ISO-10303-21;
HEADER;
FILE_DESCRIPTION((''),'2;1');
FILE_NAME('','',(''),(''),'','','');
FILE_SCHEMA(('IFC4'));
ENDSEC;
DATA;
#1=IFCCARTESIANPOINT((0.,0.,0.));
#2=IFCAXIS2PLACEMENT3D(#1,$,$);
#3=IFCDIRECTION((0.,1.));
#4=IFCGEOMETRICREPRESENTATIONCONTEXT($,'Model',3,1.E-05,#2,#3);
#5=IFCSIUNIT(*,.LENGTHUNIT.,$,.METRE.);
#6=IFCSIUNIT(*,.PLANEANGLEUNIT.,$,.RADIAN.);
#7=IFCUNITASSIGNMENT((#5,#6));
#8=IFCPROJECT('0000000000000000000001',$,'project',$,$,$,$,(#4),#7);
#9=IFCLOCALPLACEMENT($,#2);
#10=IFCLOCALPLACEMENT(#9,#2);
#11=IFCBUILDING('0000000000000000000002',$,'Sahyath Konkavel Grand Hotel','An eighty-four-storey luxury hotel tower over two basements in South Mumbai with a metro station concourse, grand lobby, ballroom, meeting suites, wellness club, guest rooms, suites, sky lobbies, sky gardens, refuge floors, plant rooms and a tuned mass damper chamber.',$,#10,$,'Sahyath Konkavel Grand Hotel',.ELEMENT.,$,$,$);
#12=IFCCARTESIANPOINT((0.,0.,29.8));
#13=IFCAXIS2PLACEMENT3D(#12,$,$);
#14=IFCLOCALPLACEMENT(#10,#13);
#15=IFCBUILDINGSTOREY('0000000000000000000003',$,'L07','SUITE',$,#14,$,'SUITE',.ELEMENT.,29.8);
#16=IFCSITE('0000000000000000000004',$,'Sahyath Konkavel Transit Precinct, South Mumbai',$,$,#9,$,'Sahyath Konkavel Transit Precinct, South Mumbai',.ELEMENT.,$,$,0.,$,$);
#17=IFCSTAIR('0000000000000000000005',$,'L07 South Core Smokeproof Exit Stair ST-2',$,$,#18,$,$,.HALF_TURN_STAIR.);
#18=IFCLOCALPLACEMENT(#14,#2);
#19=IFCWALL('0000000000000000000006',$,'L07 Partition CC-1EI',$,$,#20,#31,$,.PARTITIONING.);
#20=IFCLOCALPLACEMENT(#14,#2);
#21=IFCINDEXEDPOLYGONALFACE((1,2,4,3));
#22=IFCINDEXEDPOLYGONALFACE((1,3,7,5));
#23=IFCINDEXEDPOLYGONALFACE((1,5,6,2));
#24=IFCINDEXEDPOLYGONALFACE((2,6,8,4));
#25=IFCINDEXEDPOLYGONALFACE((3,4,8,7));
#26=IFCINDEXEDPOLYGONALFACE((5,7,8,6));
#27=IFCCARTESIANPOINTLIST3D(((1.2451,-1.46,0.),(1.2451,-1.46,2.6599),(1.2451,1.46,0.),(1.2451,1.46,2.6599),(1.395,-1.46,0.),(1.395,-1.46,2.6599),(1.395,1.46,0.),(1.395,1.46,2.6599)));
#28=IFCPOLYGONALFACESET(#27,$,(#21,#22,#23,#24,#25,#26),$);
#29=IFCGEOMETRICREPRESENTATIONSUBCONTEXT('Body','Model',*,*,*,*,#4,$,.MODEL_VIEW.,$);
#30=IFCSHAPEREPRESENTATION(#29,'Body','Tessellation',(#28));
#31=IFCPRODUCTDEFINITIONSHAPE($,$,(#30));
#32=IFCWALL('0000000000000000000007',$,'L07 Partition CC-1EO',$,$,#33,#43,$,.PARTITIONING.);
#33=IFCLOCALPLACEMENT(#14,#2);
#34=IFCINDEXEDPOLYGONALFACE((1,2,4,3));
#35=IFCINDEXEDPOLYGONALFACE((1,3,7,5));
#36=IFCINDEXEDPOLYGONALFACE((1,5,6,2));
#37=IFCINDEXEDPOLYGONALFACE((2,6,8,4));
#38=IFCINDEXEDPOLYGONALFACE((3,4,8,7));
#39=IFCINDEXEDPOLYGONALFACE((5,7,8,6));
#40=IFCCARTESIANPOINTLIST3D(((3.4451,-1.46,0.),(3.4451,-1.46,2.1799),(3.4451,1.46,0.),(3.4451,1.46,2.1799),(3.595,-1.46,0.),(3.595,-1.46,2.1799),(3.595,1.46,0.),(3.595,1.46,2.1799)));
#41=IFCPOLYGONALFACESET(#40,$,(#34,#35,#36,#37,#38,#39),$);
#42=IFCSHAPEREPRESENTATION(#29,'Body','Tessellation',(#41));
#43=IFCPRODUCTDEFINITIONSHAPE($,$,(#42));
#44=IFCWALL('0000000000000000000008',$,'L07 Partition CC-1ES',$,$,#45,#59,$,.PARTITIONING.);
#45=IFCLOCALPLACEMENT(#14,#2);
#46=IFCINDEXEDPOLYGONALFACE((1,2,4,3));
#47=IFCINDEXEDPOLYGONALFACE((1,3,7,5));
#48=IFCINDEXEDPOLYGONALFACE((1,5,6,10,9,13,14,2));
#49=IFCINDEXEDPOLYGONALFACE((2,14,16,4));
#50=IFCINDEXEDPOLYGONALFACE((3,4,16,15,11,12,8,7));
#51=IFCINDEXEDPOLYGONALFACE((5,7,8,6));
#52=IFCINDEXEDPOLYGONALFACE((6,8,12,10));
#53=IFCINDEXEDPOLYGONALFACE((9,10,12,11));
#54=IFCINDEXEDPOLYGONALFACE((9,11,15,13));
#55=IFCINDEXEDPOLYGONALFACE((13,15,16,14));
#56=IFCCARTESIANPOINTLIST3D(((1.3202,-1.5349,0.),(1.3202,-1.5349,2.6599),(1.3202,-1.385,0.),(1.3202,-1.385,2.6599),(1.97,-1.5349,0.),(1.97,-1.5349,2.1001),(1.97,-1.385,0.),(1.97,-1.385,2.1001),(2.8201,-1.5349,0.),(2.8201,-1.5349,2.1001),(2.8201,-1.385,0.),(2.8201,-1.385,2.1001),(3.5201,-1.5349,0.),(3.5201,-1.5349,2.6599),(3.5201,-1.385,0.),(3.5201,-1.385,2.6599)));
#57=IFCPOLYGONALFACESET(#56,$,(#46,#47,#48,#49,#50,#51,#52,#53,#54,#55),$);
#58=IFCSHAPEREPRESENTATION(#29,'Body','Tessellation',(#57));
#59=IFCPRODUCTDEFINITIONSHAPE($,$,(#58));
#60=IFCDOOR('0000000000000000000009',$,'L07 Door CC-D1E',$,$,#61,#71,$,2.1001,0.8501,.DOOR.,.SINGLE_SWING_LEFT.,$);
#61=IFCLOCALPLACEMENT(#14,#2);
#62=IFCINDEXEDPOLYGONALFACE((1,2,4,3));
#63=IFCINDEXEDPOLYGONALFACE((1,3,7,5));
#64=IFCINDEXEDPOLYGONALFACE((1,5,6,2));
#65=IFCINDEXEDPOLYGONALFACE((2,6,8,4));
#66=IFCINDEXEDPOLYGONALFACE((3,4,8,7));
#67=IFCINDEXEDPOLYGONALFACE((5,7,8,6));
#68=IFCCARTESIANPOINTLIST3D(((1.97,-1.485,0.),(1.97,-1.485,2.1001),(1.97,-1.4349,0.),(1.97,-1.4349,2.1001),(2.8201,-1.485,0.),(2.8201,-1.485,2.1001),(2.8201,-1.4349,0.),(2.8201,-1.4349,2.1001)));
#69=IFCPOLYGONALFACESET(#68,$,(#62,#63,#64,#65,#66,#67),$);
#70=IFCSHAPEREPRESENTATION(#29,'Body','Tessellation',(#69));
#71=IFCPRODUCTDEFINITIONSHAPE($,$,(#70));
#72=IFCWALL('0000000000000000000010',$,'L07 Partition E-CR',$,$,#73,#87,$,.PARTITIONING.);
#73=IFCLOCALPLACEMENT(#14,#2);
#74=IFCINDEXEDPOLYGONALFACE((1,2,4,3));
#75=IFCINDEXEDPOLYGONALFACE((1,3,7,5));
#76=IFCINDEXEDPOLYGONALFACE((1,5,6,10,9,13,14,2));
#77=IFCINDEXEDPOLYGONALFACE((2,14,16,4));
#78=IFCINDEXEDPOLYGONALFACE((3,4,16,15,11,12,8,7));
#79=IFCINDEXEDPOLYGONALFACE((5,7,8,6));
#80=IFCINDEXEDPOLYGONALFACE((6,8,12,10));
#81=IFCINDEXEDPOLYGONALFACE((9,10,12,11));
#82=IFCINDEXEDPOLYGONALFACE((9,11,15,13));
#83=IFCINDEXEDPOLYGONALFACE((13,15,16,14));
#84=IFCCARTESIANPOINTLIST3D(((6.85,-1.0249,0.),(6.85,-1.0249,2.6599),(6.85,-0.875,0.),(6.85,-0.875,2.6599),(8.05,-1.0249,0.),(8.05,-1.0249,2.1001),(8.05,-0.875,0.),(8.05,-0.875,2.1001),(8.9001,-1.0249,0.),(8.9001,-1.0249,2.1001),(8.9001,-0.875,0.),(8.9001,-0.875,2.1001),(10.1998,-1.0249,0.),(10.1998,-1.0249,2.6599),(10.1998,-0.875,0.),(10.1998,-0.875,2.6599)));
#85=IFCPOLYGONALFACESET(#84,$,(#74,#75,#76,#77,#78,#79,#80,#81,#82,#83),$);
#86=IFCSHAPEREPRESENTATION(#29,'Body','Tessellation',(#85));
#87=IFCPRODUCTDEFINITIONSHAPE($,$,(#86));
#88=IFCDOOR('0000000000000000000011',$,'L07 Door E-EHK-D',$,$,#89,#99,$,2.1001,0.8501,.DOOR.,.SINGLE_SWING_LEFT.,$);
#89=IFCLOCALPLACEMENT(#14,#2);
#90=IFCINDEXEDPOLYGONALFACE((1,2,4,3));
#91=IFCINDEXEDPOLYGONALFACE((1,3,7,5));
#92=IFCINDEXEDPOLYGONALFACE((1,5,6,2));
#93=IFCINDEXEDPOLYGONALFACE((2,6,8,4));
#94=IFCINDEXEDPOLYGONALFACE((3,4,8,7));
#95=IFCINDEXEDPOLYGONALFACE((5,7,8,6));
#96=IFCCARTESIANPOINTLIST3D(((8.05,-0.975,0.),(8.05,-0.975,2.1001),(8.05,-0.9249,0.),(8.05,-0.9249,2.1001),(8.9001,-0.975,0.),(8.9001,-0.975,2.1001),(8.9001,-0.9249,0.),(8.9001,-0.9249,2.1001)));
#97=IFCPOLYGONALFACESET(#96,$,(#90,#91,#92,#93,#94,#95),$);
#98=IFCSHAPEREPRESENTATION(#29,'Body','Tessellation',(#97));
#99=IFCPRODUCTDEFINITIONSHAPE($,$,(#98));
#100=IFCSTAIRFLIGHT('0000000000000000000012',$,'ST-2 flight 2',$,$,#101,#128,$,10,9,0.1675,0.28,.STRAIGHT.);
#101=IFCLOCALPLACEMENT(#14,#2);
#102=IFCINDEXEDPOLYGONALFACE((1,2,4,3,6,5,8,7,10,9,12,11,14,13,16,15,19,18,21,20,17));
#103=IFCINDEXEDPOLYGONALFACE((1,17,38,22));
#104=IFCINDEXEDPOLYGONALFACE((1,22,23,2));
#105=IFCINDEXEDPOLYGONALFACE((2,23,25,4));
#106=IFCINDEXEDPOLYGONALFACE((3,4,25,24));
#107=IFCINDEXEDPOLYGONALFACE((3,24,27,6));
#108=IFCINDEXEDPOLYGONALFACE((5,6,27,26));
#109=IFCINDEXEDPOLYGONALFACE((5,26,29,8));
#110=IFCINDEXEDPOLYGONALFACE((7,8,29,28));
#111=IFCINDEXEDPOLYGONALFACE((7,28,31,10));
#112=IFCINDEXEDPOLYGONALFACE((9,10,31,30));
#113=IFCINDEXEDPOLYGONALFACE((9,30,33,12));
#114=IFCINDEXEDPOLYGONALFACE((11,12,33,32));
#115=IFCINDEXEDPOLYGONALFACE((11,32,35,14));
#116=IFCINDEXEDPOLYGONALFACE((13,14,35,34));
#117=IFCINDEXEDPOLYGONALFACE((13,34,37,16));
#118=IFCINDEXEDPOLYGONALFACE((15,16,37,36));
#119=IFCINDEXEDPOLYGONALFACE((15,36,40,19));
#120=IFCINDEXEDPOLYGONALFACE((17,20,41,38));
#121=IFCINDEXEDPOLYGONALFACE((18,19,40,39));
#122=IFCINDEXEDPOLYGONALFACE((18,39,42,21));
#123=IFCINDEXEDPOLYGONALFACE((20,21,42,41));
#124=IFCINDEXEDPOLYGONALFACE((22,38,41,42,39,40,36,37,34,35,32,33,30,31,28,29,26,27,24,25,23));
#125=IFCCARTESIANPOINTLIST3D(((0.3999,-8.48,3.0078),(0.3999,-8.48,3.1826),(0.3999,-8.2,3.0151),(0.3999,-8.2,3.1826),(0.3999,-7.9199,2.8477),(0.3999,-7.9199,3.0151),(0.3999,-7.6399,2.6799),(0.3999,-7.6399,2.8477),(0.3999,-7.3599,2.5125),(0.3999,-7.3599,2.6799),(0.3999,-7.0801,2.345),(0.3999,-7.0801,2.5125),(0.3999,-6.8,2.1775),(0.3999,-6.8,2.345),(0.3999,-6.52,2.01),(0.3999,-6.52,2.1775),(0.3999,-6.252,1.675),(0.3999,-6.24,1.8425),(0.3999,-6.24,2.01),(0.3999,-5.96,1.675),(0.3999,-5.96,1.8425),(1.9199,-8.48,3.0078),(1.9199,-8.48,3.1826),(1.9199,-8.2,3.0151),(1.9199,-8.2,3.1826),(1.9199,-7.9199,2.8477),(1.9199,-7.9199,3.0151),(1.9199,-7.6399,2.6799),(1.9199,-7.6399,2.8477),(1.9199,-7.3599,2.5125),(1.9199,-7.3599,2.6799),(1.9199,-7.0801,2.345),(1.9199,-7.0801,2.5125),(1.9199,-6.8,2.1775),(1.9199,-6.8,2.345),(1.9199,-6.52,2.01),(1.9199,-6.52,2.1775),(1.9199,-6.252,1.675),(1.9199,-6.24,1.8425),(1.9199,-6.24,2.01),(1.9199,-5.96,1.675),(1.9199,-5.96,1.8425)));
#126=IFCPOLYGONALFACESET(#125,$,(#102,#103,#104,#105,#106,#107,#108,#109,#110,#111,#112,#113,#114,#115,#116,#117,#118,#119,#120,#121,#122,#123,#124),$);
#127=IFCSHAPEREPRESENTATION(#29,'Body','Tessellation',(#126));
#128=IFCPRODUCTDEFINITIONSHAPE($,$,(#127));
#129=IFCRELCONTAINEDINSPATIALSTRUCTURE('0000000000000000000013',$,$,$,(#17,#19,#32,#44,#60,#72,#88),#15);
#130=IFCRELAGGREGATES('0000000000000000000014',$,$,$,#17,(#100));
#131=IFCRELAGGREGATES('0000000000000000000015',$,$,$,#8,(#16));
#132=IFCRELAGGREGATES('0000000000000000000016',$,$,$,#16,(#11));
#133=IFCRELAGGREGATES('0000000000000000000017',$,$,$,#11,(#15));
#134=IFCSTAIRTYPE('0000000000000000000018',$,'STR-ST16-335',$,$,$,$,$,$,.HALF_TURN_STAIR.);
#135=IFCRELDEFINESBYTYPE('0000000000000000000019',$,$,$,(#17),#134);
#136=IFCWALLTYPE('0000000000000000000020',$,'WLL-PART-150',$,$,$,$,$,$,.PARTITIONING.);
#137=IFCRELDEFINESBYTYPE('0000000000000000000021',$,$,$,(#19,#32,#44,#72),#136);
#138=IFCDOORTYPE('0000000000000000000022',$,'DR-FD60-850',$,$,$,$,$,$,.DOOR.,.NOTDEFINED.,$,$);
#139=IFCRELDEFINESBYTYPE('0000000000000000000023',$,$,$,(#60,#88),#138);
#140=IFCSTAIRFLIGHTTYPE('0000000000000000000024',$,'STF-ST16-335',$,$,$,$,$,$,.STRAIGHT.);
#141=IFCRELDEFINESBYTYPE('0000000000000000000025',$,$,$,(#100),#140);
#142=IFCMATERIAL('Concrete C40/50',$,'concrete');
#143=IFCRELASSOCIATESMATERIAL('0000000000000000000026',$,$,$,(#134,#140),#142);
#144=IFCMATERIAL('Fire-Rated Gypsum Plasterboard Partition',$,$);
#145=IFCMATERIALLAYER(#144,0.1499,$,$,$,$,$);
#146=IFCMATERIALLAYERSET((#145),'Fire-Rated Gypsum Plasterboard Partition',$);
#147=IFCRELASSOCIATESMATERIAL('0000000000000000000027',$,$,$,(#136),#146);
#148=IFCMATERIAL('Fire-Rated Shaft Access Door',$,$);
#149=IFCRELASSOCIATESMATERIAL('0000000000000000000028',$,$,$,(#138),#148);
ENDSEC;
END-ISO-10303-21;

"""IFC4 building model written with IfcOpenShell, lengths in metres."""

from ifc_helpers import new_model, si_unit, direction, frame, frame_2d, origin, origin_2d, place, context, subcontext, project, spatial, polyline, rectangle, outline, extrude, source, transform, mapped, material, layer, layer_set, type_object, element, fill, aggregate, save


model = new_model("IFC4")

# Units and contexts
model_context = context("Model", 3, precision=1e-05, world=origin(), true_north=direction((0.0, 1.0)))
body_context = subcontext(model_context, "Body", "Model", "MODEL_VIEW")
ifc_project = project(units=[si_unit("LENGTHUNIT", "METRE"), si_unit("PLANEANGLEUNIT", "RADIAN")], contexts=[model_context])

# Site, building, storey
site_placement = place(None, origin())
site = spatial("IfcSite", under=ifc_project, at=site_placement, Name="Sahyath Konkavel Transit Precinct, South Mumbai", LongName="Sahyath Konkavel Transit Precinct, South Mumbai", CompositionType="ELEMENT", RefElevation=0.0)
building_placement = place(site_placement, origin())
building = spatial("IfcBuilding", under=site, at=building_placement, Name="Sahyath Konkavel Grand Hotel", Description="An eighty-four-storey luxury hotel tower over two basements in South Mumbai with a metro station concourse, grand lobby, ballroom, meeting suites, wellness club, guest rooms, suites, sky lobbies, sky gardens, refuge floors, plant rooms and a tuned mass damper chamber.", LongName="Sahyath Konkavel Grand Hotel", CompositionType="ELEMENT")
storey_placement = place(building_placement, frame((0.0, 0.0, 29.8)))
storey = spatial("IfcBuildingStorey", under=building, at=storey_placement, Name="L07", Description="SUITE", LongName="SUITE", CompositionType="ELEMENT", Elevation=29.8)

# Shared definitions
ifc_material_1 = material(Name="Concrete C40/50", Category="concrete")

# Stair
stair_type = type_object("IfcStairType", Name="STR-ST16-335", PredefinedType="HALF_TURN_STAIR", material=ifc_material_1)
stair_1_placement = place(storey_placement, origin())
stair_1 = element("IfcStair", 1, at=stair_1_placement, inside=storey, type_object=stair_type, Name="L07 South Core Smokeproof Exit Stair ST-2", PredefinedType="HALF_TURN_STAIR")

# Walls
ifc_material_2 = material(Name="Fire-Rated Gypsum Plasterboard Partition")
ifc_layer_1 = layer(ifc_material_2, 0.1499)
ifc_layer_set_1 = layer_set([ifc_layer_1], Name="Fire-Rated Gypsum Plasterboard Partition")
wall_type_1 = type_object("IfcWallType", Name="WLL-PART-150", PredefinedType="PARTITIONING", material=ifc_layer_set_1)
wall_1_placement = place(storey_placement, frame((1.3201, -1.46, 0.0), z_axis=(0.0, 0.0, 1.0), x_axis=(0.0, 1.0, 0.0)))
element("IfcWall", 2, at=wall_1_placement, inside=storey, type_object=wall_type_1, Name="L07 Partition CC-1EI", PredefinedType="PARTITIONING", context=body_context, shape_type="SweptSolid", body=[
    extrude(rectangle(XDim=2.9199, YDim=0.1499, at=frame_2d((1.46, 0.0))), origin(), (0.0, 0.0, 1.0), 2.6599),
])
wall_2_placement = place(storey_placement, frame((3.52, -1.46, 0.0), z_axis=(0.0, 0.0, 1.0), x_axis=(0.0, 1.0, 0.0)))
element("IfcWall", 3, at=wall_2_placement, inside=storey, type_object=wall_type_1, Name="L07 Partition CC-1EO", PredefinedType="PARTITIONING", context=body_context, shape_type="SweptSolid", body=[
    extrude(rectangle(XDim=2.9199, YDim=0.1499, at=frame_2d((1.46, 0.0))), origin(), (0.0, 0.0, 1.0), 2.1799),
])

# Walls, openings, doors
wall_3_placement = place(storey_placement, frame((1.3201, -1.46, 0.0), z_axis=(0.0, 0.0, 1.0), x_axis=(1.0, 0.0, 0.0)))
wall_3 = element("IfcWall", 4, at=wall_3_placement, inside=storey, type_object=wall_type_1, Name="L07 Partition CC-1ES", PredefinedType="PARTITIONING", context=body_context, shape_type="SweptSolid", body=[
    extrude(rectangle(XDim=2.2, YDim=0.1499, at=frame_2d((1.1001, 0.0))), origin(), (0.0, 0.0, 1.0), 2.6599),
])
opening_1_placement = place(wall_3_placement, frame((0.6499, 0.0, 0.0)))
opening_1 = element("IfcOpeningElement", 5, at=opening_1_placement, cuts=wall_3, PredefinedType="OPENING", context=body_context, shape_type="SweptSolid", body=[
    extrude(rectangle(XDim=0.8501, YDim=2.1001, at=frame_2d((0.425, 1.05))), frame((0.0, 0.085, 0.0), z_axis=(0.0, -1.0, 0.0), x_axis=(1.0, 0.0, 0.0)), (0.0, 0.0, 1.0), 0.1699),
])
ifc_material_3 = material(Name="Fire-Rated Shaft Access Door")
door_type = type_object("IfcDoorType", Name="DR-FD60-850", OperationType="NOTDEFINED", PredefinedType="DOOR", material=ifc_material_3)
shared_shape_1 = source(origin(), body_context, "Body", "SweptSolid", [
    extrude(rectangle(XDim=0.8501, YDim=0.05, at=origin_2d()), origin(), (0.0, 0.0, 1.0), 2.1001),
])
door_1_placement = place(opening_1_placement, frame((0.425, 0.0, 0.0)))
door_1 = element("IfcDoor", 6, at=door_1_placement, inside=storey, type_object=door_type, Name="L07 Door CC-D1E", OperationType="SINGLE_SWING_LEFT", OverallHeight=2.1001, OverallWidth=0.8501, PredefinedType="DOOR", context=body_context, shape_type="MappedRepresentation", body=[
    mapped(shared_shape_1, transform((0.0, 0.0, 0.0), scale=1.0)),
])
fill(opening_1, door_1)
wall_4_placement = place(storey_placement, frame((6.8501, -0.95, 0.0), z_axis=(0.0, 0.0, 1.0), x_axis=(1.0, 0.0, 0.0)))
wall_4 = element("IfcWall", 7, at=wall_4_placement, inside=storey, type_object=wall_type_1, Name="L07 Partition E-CR", PredefinedType="PARTITIONING", context=body_context, shape_type="SweptSolid", body=[
    extrude(rectangle(XDim=3.3499, YDim=0.1499, at=frame_2d((1.6748, 0.0))), origin(), (0.0, 0.0, 1.0), 2.6599),
])
opening_2_placement = place(wall_4_placement, frame((1.2, 0.0, 0.0)))
opening_2 = element("IfcOpeningElement", 8, at=opening_2_placement, cuts=wall_4, PredefinedType="OPENING", context=body_context, shape_type="SweptSolid", body=[
    extrude(rectangle(XDim=0.8501, YDim=2.1001, at=frame_2d((0.425, 1.05))), frame((0.0, 0.085, 0.0), z_axis=(0.0, -1.0, 0.0), x_axis=(1.0, 0.0, 0.0)), (0.0, 0.0, 1.0), 0.1699),
])
door_2_placement = place(opening_2_placement, frame((0.425, 0.0, 0.0)))
door_2 = element("IfcDoor", 9, at=door_2_placement, inside=storey, type_object=door_type, Name="L07 Door E-EHK-D", OperationType="SINGLE_SWING_LEFT", OverallHeight=2.1001, OverallWidth=0.8501, PredefinedType="DOOR", context=body_context, shape_type="MappedRepresentation", body=[
    mapped(shared_shape_1, transform((0.0, 0.0, 0.0), scale=1.0)),
])
fill(opening_2, door_2)

# Stair flight
stair_flight_type = type_object("IfcStairFlightType", Name="STF-ST16-335", PredefinedType="STRAIGHT", material=ifc_material_1)
stair_flight_placement = place(storey_placement, frame((1.1599, -5.96, 1.675), z_axis=(0.0, 0.0, 1.0), x_axis=(0.0, -1.0, 0.0)))
stair_flight = element("IfcStairFlight", 10, at=stair_flight_placement, type_object=stair_flight_type, Name="ST-2 flight 2", NumberOfRisers=10, NumberOfTreads=9, PredefinedType="STRAIGHT", RiserHeight=0.1675, TreadLength=0.28, context=body_context, shape_type="SweptSolid", body=[
    extrude(outline(polyline([(0.0, 0.0), (0.0, 0.1675), (0.28, 0.1675), (0.28, 0.335), (0.5601, 0.335), (0.5601, 0.5024), (0.8401, 0.5024), (0.8401, 0.6699), (1.1201, 0.6699), (1.1201, 0.8374), (1.3999, 0.8374), (1.3999, 1.0049), (1.6799, 1.0049), (1.6799, 1.1726), (1.96, 1.1726), (1.96, 1.3401), (2.24, 1.3401), (2.24, 1.5076), (2.52, 1.5076), (2.52, 1.675), (2.52, 1.3328), (0.292, 0.0), (0.0, 0.0)])), frame((0.0, 0.76, 0.0), z_axis=(0.0, -1.0, 0.0), x_axis=(1.0, 0.0, 0.0)), (0.0, 0.0, 1.0), 1.52),
])
aggregate(stair_1, [stair_flight])

save(model, "model.ifc")
